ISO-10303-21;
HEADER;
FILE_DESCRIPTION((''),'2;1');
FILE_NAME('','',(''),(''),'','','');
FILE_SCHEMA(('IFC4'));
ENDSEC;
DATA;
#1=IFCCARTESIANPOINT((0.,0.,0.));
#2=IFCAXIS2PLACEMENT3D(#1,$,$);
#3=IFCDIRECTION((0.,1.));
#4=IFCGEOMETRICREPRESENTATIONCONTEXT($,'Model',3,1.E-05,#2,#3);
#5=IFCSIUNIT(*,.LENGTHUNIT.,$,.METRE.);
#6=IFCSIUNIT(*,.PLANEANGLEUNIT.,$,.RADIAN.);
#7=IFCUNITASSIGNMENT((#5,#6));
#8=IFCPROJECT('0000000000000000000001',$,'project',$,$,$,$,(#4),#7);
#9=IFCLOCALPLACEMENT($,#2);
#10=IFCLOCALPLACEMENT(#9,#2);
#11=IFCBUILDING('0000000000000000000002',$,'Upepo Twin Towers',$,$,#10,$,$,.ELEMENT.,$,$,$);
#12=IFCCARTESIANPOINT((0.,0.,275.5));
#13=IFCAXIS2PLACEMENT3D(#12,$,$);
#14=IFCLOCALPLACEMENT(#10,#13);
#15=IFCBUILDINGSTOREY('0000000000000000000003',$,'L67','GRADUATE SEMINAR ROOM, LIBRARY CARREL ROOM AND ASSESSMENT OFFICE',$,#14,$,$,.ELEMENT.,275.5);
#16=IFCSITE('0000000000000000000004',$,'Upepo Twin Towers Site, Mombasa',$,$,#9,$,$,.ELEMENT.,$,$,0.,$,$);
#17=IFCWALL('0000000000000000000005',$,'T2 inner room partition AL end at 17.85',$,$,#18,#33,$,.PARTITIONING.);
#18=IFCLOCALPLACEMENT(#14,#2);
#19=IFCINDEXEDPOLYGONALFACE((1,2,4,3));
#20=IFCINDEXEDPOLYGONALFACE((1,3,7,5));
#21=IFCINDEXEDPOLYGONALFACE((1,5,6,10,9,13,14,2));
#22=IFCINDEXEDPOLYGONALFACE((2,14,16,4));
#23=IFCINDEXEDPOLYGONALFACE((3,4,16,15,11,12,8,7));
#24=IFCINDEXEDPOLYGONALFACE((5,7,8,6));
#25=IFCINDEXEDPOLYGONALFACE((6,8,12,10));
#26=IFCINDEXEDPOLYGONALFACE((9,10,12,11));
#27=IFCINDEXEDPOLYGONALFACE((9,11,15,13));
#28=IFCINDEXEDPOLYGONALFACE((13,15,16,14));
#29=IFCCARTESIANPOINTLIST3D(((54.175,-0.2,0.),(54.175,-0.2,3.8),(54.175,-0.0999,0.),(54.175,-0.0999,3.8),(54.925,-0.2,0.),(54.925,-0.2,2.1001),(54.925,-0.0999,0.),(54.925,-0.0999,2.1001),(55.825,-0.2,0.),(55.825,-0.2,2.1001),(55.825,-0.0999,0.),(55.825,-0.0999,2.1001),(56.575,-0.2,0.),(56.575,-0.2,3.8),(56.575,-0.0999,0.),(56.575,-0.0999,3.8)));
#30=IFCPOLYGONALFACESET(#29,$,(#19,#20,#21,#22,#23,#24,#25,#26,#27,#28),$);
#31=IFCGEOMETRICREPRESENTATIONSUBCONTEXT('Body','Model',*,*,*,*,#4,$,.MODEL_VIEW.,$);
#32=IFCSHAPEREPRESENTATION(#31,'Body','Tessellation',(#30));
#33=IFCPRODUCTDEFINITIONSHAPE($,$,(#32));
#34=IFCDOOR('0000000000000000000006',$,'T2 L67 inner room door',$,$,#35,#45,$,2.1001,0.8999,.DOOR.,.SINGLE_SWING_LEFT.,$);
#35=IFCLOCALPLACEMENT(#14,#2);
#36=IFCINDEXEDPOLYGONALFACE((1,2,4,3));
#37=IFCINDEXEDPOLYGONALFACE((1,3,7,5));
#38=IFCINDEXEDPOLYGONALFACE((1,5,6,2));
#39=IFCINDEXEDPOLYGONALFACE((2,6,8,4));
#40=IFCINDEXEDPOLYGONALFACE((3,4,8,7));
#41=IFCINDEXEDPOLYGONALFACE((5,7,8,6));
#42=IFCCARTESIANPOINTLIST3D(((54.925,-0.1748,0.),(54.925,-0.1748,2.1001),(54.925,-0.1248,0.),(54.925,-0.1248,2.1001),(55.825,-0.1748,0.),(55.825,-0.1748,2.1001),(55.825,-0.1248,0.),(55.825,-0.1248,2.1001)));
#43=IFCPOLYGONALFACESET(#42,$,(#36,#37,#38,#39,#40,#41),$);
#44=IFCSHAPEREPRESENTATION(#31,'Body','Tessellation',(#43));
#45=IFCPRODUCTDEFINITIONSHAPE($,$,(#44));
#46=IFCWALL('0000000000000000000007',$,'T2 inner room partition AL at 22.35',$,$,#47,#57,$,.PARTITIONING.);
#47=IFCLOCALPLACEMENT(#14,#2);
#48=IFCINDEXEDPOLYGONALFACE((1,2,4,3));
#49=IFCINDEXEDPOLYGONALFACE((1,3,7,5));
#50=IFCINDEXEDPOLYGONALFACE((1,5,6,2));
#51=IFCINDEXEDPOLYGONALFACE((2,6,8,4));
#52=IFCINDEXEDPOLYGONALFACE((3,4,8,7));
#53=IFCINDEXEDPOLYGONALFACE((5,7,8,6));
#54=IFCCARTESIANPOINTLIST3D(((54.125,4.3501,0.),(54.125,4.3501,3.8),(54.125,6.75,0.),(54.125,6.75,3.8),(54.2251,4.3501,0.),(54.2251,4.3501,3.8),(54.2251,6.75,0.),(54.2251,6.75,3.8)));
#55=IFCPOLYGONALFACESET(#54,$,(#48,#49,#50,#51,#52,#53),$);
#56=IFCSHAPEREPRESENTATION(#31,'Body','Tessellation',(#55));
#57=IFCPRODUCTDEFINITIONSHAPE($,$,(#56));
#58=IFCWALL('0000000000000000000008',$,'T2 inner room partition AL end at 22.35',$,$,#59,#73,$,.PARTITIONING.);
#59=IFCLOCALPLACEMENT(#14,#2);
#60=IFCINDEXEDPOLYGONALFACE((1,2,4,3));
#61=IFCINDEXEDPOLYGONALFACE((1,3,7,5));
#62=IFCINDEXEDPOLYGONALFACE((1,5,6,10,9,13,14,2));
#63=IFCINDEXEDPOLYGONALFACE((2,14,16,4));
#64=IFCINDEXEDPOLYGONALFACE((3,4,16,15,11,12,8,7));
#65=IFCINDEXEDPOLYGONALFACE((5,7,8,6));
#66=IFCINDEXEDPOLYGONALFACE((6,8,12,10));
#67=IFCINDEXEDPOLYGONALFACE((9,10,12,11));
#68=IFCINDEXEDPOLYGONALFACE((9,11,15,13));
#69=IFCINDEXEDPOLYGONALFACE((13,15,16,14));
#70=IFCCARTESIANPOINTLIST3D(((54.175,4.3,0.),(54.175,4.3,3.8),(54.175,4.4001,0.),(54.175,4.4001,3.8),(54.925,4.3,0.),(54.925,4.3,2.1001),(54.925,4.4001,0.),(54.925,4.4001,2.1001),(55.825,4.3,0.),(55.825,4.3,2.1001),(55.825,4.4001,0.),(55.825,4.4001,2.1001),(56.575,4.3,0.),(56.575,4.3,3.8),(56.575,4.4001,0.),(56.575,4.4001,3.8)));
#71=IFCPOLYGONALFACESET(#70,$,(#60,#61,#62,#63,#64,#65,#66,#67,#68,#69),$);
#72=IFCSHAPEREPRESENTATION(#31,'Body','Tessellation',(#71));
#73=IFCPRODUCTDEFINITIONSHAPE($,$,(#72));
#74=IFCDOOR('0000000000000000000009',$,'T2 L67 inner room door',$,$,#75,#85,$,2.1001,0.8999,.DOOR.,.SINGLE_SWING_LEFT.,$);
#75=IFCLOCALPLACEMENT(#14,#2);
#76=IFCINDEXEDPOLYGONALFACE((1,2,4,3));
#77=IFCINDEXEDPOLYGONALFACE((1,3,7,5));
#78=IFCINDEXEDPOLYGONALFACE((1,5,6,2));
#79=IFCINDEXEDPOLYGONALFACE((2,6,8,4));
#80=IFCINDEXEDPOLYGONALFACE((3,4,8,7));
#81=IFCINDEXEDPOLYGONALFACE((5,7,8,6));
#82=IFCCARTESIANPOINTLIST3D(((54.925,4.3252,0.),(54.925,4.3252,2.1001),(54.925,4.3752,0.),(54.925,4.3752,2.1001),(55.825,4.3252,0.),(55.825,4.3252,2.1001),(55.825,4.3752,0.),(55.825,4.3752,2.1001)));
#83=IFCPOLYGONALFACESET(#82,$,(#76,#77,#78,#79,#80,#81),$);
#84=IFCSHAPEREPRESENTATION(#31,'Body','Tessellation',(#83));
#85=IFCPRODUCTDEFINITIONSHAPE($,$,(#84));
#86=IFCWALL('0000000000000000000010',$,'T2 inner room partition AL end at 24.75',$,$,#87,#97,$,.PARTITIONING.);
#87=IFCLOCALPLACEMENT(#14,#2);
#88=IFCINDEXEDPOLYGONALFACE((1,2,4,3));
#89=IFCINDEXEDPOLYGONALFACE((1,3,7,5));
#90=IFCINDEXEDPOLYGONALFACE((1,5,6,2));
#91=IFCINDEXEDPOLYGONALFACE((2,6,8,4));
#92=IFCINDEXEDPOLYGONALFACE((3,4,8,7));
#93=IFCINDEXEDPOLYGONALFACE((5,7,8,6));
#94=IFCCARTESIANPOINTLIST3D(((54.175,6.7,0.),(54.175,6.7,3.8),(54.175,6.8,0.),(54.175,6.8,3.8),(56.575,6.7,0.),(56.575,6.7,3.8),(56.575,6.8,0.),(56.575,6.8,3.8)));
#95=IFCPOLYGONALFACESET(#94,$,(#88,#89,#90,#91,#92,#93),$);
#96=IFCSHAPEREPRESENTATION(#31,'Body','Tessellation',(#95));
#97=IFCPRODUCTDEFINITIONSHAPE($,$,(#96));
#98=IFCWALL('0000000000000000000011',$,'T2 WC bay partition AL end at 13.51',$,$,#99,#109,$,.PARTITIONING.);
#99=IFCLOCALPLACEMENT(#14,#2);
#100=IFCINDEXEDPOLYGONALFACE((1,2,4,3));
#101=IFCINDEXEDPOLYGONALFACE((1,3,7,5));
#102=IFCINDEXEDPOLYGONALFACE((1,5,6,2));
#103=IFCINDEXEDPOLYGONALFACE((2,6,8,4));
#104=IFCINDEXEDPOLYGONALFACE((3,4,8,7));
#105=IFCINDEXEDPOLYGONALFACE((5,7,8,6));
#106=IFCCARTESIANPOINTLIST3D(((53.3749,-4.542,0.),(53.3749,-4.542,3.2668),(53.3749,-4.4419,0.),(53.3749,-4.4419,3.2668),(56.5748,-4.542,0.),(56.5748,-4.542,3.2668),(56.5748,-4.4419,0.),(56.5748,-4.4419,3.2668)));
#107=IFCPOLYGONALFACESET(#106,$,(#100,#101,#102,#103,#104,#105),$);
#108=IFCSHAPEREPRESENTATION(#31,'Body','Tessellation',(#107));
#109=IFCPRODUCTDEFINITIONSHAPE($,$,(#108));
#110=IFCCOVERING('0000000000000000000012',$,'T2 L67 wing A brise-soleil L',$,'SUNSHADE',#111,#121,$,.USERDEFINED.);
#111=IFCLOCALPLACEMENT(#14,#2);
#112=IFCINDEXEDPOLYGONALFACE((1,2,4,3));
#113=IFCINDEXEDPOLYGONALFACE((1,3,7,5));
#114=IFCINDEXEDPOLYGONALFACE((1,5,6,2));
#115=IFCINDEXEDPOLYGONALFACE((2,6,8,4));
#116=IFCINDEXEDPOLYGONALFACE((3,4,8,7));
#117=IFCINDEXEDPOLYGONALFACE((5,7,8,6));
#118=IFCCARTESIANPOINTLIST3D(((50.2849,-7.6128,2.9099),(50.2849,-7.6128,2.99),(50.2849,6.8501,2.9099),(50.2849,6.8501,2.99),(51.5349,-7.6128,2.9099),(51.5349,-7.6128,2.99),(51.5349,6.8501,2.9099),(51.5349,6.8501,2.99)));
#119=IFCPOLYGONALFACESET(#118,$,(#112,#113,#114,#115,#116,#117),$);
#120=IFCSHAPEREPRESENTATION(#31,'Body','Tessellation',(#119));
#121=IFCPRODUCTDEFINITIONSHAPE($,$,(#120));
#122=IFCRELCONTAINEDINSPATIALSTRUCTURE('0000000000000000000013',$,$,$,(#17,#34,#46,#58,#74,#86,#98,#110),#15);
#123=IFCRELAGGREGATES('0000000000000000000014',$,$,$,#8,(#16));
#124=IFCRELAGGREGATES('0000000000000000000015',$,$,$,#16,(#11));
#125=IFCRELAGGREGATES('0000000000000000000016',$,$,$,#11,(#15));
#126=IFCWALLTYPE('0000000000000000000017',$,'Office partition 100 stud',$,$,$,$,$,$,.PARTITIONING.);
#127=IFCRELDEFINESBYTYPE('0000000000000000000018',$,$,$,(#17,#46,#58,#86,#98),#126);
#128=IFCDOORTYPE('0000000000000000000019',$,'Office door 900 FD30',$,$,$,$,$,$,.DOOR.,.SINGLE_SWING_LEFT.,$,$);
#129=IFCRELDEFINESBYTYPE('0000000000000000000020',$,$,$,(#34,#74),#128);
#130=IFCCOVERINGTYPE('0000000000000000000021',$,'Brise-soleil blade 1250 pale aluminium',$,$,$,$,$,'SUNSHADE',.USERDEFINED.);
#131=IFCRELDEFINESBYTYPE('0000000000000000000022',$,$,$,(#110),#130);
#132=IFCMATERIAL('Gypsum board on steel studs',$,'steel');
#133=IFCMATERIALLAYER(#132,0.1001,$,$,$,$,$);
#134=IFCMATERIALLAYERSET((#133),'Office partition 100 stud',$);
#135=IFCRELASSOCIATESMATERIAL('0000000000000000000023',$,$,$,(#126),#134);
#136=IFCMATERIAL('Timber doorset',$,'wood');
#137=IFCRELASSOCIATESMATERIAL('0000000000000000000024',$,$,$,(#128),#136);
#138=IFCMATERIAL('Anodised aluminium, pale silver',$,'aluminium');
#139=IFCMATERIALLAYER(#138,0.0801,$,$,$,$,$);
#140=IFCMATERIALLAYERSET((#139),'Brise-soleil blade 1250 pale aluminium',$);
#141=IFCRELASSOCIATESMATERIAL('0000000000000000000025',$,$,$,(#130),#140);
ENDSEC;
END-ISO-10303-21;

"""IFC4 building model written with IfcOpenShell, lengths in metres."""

from ifc_helpers import new_model, si_unit, direction, frame, frame_2d, origin, origin_2d, place, context, subcontext, project, spatial, rectangle, extrude, material, layer, layer_set, type_object, element, fill, save


model = new_model("IFC4")

# Units and contexts
model_context = context("Model", 3, precision=1e-05, world=origin(), true_north=direction((0.0, 1.0)))
body_context = subcontext(model_context, "Body", "Model", "MODEL_VIEW")
ifc_project = project(units=[si_unit("LENGTHUNIT", "METRE"), si_unit("PLANEANGLEUNIT", "RADIAN")], contexts=[model_context])

# Site, building, storey
site_placement = place(None, origin())
site = spatial("IfcSite", under=ifc_project, at=site_placement, Name="Upepo Twin Towers Site, Mombasa", CompositionType="ELEMENT", RefElevation=0.0)
building_placement = place(site_placement, origin())
building = spatial("IfcBuilding", under=site, at=building_placement, Name="Upepo Twin Towers", CompositionType="ELEMENT")
storey_placement = place(building_placement, frame((0.0, 0.0, 275.5)))
storey = spatial("IfcBuildingStorey", under=building, at=storey_placement, Name="L67", Description="GRADUATE SEMINAR ROOM, LIBRARY CARREL ROOM AND ASSESSMENT OFFICE", CompositionType="ELEMENT", Elevation=275.5)

# Shared definitions
ifc_material_1 = material(Name="Gypsum board on steel studs", Category="steel")
ifc_layer_1 = layer(ifc_material_1, 0.1001)
ifc_layer_set_1 = layer_set([ifc_layer_1], Name="Office partition 100 stud")
wall_type_1 = type_object("IfcWallType", Name="Office partition 100 stud", PredefinedType="PARTITIONING", material=ifc_layer_set_1)

# Wall, opening, door
wall_1_placement = place(storey_placement, frame((56.575, -0.1499, 0.0), z_axis=(0.0, 0.0, 1.0), x_axis=(-1.0, 0.0, 0.0)))
wall_1 = element("IfcWall", 1, at=wall_1_placement, inside=storey, type_object=wall_type_1, Name="T2 inner room partition AL end at 17.85", PredefinedType="PARTITIONING", context=body_context, shape_type="SweptSolid", body=[
    extrude(rectangle(XDim=2.3999, YDim=0.1001, at=frame_2d((1.2, 0.0))), origin(), (0.0, 0.0, 1.0), 3.8),
])
opening_1_placement = place(wall_1_placement, frame((0.75, 0.0, 0.0)))
opening_1 = element("IfcOpeningElement", 2, at=opening_1_placement, cuts=wall_1, PredefinedType="OPENING", context=body_context, shape_type="SweptSolid", body=[
    extrude(rectangle(XDim=0.8999, YDim=2.1001, at=frame_2d((0.45, 1.05))), frame((0.0, 0.0601, 0.0), z_axis=(0.0, -1.0, 0.0), x_axis=(1.0, 0.0, 0.0)), (0.0, 0.0, 1.0), 0.1201),
])
ifc_material_2 = material(Name="Timber doorset", Category="wood")
door_type = type_object("IfcDoorType", Name="Office door 900 FD30", OperationType="SINGLE_SWING_LEFT", PredefinedType="DOOR", material=ifc_material_2)
door_1_placement = place(opening_1_placement, origin())
door_1 = element("IfcDoor", 3, at=door_1_placement, inside=storey, type_object=door_type, Name="T2 L67 inner room door", OperationType="SINGLE_SWING_LEFT", OverallHeight=2.1001, OverallWidth=0.8999, PredefinedType="DOOR", context=body_context, shape_type="SweptSolid", body=[
    extrude(rectangle(XDim=0.8999, YDim=2.1001, at=frame_2d((0.45, 1.05))), frame((0.0, 0.0249, 0.0), z_axis=(0.0, -1.0, 0.0), x_axis=(1.0, 0.0, 0.0)), (0.0, 0.0, 1.0), 0.05),
])
fill(opening_1, door_1)

# Wall
wall_2_placement = place(storey_placement, frame((54.175, 4.3501, 0.0), z_axis=(0.0, 0.0, 1.0), x_axis=(0.0, 1.0, 0.0)))
element("IfcWall", 4, at=wall_2_placement, inside=storey, type_object=wall_type_1, Name="T2 inner room partition AL at 22.35", PredefinedType="PARTITIONING", context=body_context, shape_type="SweptSolid", body=[
    extrude(rectangle(XDim=2.3999, YDim=0.1001, at=frame_2d((1.2, 0.0))), origin(), (0.0, 0.0, 1.0), 3.8),
])

# Wall, opening, door
wall_3_placement = place(storey_placement, frame((56.575, 4.3501, 0.0), z_axis=(0.0, 0.0, 1.0), x_axis=(-1.0, 0.0, 0.0)))
wall_3 = element("IfcWall", 5, at=wall_3_placement, inside=storey, type_object=wall_type_1, Name="T2 inner room partition AL end at 22.35", PredefinedType="PARTITIONING", context=body_context, shape_type="SweptSolid", body=[
    extrude(rectangle(XDim=2.3999, YDim=0.1001, at=frame_2d((1.2, 0.0))), origin(), (0.0, 0.0, 1.0), 3.8),
])
opening_2_placement = place(wall_3_placement, frame((0.75, 0.0, 0.0)))
opening_2 = element("IfcOpeningElement", 6, at=opening_2_placement, cuts=wall_3, PredefinedType="OPENING", context=body_context, shape_type="SweptSolid", body=[
    extrude(rectangle(XDim=0.8999, YDim=2.1001, at=frame_2d((0.45, 1.05))), frame((0.0, 0.0601, 0.0), z_axis=(0.0, -1.0, 0.0), x_axis=(1.0, 0.0, 0.0)), (0.0, 0.0, 1.0), 0.1201),
])
door_2_placement = place(opening_2_placement, origin())
door_2 = element("IfcDoor", 7, at=door_2_placement, inside=storey, type_object=door_type, Name="T2 L67 inner room door", OperationType="SINGLE_SWING_LEFT", OverallHeight=2.1001, OverallWidth=0.8999, PredefinedType="DOOR", context=body_context, shape_type="SweptSolid", body=[
    extrude(rectangle(XDim=0.8999, YDim=2.1001, at=frame_2d((0.45, 1.05))), frame((0.0, 0.0249, 0.0), z_axis=(0.0, -1.0, 0.0), x_axis=(1.0, 0.0, 0.0)), (0.0, 0.0, 1.0), 0.05),
])
fill(opening_2, door_2)

# Walls
wall_4_placement = place(storey_placement, frame((56.575, 6.75, 0.0), z_axis=(0.0, 0.0, 1.0), x_axis=(-1.0, 0.0, 0.0)))
element("IfcWall", 8, at=wall_4_placement, inside=storey, type_object=wall_type_1, Name="T2 inner room partition AL end at 24.75", PredefinedType="PARTITIONING", context=body_context, shape_type="SweptSolid", body=[
    extrude(rectangle(XDim=2.3999, YDim=0.1001, at=frame_2d((1.2, 0.0))), origin(), (0.0, 0.0, 1.0), 3.8),
])
wall_5_placement = place(storey_placement, frame((56.575, -4.4919, 0.0), z_axis=(0.0, 0.0, 1.0), x_axis=(-1.0, 0.0, 0.0)))
element("IfcWall", 9, at=wall_5_placement, inside=storey, type_object=wall_type_1, Name="T2 WC bay partition AL end at 13.51", PredefinedType="PARTITIONING", context=body_context, shape_type="SweptSolid", body=[
    extrude(rectangle(XDim=3.2, YDim=0.1001, at=frame_2d((1.6001, 0.0))), origin(), (0.0, 0.0, 1.0), 3.2668),
])

# Covering
ifc_material_3 = material(Name="Anodised aluminium, pale silver", Category="aluminium")
ifc_layer_2 = layer(ifc_material_3, 0.0801)
ifc_layer_set_2 = layer_set([ifc_layer_2], Name="Brise-soleil blade 1250 pale aluminium")
covering_type = type_object("IfcCoveringType", Name="Brise-soleil blade 1250 pale aluminium", ElementType="SUNSHADE", PredefinedType="USERDEFINED", material=ifc_layer_set_2)
covering_placement = place(storey_placement, frame((50.9099, -0.3813, 2.9099), z_axis=(0.0, 0.0, 1.0), x_axis=(0.0, 1.0, 0.0)))
element("IfcCovering", 10, at=covering_placement, inside=storey, type_object=covering_type, Name="T2 L67 wing A brise-soleil L", ObjectType="SUNSHADE", PredefinedType="USERDEFINED", context=body_context, shape_type="SweptSolid", body=[
    extrude(rectangle(XDim=14.4629, YDim=1.25, at=origin_2d()), origin(), (0.0, 0.0, 1.0), 0.0801),
])

save(model, "model.ifc")
